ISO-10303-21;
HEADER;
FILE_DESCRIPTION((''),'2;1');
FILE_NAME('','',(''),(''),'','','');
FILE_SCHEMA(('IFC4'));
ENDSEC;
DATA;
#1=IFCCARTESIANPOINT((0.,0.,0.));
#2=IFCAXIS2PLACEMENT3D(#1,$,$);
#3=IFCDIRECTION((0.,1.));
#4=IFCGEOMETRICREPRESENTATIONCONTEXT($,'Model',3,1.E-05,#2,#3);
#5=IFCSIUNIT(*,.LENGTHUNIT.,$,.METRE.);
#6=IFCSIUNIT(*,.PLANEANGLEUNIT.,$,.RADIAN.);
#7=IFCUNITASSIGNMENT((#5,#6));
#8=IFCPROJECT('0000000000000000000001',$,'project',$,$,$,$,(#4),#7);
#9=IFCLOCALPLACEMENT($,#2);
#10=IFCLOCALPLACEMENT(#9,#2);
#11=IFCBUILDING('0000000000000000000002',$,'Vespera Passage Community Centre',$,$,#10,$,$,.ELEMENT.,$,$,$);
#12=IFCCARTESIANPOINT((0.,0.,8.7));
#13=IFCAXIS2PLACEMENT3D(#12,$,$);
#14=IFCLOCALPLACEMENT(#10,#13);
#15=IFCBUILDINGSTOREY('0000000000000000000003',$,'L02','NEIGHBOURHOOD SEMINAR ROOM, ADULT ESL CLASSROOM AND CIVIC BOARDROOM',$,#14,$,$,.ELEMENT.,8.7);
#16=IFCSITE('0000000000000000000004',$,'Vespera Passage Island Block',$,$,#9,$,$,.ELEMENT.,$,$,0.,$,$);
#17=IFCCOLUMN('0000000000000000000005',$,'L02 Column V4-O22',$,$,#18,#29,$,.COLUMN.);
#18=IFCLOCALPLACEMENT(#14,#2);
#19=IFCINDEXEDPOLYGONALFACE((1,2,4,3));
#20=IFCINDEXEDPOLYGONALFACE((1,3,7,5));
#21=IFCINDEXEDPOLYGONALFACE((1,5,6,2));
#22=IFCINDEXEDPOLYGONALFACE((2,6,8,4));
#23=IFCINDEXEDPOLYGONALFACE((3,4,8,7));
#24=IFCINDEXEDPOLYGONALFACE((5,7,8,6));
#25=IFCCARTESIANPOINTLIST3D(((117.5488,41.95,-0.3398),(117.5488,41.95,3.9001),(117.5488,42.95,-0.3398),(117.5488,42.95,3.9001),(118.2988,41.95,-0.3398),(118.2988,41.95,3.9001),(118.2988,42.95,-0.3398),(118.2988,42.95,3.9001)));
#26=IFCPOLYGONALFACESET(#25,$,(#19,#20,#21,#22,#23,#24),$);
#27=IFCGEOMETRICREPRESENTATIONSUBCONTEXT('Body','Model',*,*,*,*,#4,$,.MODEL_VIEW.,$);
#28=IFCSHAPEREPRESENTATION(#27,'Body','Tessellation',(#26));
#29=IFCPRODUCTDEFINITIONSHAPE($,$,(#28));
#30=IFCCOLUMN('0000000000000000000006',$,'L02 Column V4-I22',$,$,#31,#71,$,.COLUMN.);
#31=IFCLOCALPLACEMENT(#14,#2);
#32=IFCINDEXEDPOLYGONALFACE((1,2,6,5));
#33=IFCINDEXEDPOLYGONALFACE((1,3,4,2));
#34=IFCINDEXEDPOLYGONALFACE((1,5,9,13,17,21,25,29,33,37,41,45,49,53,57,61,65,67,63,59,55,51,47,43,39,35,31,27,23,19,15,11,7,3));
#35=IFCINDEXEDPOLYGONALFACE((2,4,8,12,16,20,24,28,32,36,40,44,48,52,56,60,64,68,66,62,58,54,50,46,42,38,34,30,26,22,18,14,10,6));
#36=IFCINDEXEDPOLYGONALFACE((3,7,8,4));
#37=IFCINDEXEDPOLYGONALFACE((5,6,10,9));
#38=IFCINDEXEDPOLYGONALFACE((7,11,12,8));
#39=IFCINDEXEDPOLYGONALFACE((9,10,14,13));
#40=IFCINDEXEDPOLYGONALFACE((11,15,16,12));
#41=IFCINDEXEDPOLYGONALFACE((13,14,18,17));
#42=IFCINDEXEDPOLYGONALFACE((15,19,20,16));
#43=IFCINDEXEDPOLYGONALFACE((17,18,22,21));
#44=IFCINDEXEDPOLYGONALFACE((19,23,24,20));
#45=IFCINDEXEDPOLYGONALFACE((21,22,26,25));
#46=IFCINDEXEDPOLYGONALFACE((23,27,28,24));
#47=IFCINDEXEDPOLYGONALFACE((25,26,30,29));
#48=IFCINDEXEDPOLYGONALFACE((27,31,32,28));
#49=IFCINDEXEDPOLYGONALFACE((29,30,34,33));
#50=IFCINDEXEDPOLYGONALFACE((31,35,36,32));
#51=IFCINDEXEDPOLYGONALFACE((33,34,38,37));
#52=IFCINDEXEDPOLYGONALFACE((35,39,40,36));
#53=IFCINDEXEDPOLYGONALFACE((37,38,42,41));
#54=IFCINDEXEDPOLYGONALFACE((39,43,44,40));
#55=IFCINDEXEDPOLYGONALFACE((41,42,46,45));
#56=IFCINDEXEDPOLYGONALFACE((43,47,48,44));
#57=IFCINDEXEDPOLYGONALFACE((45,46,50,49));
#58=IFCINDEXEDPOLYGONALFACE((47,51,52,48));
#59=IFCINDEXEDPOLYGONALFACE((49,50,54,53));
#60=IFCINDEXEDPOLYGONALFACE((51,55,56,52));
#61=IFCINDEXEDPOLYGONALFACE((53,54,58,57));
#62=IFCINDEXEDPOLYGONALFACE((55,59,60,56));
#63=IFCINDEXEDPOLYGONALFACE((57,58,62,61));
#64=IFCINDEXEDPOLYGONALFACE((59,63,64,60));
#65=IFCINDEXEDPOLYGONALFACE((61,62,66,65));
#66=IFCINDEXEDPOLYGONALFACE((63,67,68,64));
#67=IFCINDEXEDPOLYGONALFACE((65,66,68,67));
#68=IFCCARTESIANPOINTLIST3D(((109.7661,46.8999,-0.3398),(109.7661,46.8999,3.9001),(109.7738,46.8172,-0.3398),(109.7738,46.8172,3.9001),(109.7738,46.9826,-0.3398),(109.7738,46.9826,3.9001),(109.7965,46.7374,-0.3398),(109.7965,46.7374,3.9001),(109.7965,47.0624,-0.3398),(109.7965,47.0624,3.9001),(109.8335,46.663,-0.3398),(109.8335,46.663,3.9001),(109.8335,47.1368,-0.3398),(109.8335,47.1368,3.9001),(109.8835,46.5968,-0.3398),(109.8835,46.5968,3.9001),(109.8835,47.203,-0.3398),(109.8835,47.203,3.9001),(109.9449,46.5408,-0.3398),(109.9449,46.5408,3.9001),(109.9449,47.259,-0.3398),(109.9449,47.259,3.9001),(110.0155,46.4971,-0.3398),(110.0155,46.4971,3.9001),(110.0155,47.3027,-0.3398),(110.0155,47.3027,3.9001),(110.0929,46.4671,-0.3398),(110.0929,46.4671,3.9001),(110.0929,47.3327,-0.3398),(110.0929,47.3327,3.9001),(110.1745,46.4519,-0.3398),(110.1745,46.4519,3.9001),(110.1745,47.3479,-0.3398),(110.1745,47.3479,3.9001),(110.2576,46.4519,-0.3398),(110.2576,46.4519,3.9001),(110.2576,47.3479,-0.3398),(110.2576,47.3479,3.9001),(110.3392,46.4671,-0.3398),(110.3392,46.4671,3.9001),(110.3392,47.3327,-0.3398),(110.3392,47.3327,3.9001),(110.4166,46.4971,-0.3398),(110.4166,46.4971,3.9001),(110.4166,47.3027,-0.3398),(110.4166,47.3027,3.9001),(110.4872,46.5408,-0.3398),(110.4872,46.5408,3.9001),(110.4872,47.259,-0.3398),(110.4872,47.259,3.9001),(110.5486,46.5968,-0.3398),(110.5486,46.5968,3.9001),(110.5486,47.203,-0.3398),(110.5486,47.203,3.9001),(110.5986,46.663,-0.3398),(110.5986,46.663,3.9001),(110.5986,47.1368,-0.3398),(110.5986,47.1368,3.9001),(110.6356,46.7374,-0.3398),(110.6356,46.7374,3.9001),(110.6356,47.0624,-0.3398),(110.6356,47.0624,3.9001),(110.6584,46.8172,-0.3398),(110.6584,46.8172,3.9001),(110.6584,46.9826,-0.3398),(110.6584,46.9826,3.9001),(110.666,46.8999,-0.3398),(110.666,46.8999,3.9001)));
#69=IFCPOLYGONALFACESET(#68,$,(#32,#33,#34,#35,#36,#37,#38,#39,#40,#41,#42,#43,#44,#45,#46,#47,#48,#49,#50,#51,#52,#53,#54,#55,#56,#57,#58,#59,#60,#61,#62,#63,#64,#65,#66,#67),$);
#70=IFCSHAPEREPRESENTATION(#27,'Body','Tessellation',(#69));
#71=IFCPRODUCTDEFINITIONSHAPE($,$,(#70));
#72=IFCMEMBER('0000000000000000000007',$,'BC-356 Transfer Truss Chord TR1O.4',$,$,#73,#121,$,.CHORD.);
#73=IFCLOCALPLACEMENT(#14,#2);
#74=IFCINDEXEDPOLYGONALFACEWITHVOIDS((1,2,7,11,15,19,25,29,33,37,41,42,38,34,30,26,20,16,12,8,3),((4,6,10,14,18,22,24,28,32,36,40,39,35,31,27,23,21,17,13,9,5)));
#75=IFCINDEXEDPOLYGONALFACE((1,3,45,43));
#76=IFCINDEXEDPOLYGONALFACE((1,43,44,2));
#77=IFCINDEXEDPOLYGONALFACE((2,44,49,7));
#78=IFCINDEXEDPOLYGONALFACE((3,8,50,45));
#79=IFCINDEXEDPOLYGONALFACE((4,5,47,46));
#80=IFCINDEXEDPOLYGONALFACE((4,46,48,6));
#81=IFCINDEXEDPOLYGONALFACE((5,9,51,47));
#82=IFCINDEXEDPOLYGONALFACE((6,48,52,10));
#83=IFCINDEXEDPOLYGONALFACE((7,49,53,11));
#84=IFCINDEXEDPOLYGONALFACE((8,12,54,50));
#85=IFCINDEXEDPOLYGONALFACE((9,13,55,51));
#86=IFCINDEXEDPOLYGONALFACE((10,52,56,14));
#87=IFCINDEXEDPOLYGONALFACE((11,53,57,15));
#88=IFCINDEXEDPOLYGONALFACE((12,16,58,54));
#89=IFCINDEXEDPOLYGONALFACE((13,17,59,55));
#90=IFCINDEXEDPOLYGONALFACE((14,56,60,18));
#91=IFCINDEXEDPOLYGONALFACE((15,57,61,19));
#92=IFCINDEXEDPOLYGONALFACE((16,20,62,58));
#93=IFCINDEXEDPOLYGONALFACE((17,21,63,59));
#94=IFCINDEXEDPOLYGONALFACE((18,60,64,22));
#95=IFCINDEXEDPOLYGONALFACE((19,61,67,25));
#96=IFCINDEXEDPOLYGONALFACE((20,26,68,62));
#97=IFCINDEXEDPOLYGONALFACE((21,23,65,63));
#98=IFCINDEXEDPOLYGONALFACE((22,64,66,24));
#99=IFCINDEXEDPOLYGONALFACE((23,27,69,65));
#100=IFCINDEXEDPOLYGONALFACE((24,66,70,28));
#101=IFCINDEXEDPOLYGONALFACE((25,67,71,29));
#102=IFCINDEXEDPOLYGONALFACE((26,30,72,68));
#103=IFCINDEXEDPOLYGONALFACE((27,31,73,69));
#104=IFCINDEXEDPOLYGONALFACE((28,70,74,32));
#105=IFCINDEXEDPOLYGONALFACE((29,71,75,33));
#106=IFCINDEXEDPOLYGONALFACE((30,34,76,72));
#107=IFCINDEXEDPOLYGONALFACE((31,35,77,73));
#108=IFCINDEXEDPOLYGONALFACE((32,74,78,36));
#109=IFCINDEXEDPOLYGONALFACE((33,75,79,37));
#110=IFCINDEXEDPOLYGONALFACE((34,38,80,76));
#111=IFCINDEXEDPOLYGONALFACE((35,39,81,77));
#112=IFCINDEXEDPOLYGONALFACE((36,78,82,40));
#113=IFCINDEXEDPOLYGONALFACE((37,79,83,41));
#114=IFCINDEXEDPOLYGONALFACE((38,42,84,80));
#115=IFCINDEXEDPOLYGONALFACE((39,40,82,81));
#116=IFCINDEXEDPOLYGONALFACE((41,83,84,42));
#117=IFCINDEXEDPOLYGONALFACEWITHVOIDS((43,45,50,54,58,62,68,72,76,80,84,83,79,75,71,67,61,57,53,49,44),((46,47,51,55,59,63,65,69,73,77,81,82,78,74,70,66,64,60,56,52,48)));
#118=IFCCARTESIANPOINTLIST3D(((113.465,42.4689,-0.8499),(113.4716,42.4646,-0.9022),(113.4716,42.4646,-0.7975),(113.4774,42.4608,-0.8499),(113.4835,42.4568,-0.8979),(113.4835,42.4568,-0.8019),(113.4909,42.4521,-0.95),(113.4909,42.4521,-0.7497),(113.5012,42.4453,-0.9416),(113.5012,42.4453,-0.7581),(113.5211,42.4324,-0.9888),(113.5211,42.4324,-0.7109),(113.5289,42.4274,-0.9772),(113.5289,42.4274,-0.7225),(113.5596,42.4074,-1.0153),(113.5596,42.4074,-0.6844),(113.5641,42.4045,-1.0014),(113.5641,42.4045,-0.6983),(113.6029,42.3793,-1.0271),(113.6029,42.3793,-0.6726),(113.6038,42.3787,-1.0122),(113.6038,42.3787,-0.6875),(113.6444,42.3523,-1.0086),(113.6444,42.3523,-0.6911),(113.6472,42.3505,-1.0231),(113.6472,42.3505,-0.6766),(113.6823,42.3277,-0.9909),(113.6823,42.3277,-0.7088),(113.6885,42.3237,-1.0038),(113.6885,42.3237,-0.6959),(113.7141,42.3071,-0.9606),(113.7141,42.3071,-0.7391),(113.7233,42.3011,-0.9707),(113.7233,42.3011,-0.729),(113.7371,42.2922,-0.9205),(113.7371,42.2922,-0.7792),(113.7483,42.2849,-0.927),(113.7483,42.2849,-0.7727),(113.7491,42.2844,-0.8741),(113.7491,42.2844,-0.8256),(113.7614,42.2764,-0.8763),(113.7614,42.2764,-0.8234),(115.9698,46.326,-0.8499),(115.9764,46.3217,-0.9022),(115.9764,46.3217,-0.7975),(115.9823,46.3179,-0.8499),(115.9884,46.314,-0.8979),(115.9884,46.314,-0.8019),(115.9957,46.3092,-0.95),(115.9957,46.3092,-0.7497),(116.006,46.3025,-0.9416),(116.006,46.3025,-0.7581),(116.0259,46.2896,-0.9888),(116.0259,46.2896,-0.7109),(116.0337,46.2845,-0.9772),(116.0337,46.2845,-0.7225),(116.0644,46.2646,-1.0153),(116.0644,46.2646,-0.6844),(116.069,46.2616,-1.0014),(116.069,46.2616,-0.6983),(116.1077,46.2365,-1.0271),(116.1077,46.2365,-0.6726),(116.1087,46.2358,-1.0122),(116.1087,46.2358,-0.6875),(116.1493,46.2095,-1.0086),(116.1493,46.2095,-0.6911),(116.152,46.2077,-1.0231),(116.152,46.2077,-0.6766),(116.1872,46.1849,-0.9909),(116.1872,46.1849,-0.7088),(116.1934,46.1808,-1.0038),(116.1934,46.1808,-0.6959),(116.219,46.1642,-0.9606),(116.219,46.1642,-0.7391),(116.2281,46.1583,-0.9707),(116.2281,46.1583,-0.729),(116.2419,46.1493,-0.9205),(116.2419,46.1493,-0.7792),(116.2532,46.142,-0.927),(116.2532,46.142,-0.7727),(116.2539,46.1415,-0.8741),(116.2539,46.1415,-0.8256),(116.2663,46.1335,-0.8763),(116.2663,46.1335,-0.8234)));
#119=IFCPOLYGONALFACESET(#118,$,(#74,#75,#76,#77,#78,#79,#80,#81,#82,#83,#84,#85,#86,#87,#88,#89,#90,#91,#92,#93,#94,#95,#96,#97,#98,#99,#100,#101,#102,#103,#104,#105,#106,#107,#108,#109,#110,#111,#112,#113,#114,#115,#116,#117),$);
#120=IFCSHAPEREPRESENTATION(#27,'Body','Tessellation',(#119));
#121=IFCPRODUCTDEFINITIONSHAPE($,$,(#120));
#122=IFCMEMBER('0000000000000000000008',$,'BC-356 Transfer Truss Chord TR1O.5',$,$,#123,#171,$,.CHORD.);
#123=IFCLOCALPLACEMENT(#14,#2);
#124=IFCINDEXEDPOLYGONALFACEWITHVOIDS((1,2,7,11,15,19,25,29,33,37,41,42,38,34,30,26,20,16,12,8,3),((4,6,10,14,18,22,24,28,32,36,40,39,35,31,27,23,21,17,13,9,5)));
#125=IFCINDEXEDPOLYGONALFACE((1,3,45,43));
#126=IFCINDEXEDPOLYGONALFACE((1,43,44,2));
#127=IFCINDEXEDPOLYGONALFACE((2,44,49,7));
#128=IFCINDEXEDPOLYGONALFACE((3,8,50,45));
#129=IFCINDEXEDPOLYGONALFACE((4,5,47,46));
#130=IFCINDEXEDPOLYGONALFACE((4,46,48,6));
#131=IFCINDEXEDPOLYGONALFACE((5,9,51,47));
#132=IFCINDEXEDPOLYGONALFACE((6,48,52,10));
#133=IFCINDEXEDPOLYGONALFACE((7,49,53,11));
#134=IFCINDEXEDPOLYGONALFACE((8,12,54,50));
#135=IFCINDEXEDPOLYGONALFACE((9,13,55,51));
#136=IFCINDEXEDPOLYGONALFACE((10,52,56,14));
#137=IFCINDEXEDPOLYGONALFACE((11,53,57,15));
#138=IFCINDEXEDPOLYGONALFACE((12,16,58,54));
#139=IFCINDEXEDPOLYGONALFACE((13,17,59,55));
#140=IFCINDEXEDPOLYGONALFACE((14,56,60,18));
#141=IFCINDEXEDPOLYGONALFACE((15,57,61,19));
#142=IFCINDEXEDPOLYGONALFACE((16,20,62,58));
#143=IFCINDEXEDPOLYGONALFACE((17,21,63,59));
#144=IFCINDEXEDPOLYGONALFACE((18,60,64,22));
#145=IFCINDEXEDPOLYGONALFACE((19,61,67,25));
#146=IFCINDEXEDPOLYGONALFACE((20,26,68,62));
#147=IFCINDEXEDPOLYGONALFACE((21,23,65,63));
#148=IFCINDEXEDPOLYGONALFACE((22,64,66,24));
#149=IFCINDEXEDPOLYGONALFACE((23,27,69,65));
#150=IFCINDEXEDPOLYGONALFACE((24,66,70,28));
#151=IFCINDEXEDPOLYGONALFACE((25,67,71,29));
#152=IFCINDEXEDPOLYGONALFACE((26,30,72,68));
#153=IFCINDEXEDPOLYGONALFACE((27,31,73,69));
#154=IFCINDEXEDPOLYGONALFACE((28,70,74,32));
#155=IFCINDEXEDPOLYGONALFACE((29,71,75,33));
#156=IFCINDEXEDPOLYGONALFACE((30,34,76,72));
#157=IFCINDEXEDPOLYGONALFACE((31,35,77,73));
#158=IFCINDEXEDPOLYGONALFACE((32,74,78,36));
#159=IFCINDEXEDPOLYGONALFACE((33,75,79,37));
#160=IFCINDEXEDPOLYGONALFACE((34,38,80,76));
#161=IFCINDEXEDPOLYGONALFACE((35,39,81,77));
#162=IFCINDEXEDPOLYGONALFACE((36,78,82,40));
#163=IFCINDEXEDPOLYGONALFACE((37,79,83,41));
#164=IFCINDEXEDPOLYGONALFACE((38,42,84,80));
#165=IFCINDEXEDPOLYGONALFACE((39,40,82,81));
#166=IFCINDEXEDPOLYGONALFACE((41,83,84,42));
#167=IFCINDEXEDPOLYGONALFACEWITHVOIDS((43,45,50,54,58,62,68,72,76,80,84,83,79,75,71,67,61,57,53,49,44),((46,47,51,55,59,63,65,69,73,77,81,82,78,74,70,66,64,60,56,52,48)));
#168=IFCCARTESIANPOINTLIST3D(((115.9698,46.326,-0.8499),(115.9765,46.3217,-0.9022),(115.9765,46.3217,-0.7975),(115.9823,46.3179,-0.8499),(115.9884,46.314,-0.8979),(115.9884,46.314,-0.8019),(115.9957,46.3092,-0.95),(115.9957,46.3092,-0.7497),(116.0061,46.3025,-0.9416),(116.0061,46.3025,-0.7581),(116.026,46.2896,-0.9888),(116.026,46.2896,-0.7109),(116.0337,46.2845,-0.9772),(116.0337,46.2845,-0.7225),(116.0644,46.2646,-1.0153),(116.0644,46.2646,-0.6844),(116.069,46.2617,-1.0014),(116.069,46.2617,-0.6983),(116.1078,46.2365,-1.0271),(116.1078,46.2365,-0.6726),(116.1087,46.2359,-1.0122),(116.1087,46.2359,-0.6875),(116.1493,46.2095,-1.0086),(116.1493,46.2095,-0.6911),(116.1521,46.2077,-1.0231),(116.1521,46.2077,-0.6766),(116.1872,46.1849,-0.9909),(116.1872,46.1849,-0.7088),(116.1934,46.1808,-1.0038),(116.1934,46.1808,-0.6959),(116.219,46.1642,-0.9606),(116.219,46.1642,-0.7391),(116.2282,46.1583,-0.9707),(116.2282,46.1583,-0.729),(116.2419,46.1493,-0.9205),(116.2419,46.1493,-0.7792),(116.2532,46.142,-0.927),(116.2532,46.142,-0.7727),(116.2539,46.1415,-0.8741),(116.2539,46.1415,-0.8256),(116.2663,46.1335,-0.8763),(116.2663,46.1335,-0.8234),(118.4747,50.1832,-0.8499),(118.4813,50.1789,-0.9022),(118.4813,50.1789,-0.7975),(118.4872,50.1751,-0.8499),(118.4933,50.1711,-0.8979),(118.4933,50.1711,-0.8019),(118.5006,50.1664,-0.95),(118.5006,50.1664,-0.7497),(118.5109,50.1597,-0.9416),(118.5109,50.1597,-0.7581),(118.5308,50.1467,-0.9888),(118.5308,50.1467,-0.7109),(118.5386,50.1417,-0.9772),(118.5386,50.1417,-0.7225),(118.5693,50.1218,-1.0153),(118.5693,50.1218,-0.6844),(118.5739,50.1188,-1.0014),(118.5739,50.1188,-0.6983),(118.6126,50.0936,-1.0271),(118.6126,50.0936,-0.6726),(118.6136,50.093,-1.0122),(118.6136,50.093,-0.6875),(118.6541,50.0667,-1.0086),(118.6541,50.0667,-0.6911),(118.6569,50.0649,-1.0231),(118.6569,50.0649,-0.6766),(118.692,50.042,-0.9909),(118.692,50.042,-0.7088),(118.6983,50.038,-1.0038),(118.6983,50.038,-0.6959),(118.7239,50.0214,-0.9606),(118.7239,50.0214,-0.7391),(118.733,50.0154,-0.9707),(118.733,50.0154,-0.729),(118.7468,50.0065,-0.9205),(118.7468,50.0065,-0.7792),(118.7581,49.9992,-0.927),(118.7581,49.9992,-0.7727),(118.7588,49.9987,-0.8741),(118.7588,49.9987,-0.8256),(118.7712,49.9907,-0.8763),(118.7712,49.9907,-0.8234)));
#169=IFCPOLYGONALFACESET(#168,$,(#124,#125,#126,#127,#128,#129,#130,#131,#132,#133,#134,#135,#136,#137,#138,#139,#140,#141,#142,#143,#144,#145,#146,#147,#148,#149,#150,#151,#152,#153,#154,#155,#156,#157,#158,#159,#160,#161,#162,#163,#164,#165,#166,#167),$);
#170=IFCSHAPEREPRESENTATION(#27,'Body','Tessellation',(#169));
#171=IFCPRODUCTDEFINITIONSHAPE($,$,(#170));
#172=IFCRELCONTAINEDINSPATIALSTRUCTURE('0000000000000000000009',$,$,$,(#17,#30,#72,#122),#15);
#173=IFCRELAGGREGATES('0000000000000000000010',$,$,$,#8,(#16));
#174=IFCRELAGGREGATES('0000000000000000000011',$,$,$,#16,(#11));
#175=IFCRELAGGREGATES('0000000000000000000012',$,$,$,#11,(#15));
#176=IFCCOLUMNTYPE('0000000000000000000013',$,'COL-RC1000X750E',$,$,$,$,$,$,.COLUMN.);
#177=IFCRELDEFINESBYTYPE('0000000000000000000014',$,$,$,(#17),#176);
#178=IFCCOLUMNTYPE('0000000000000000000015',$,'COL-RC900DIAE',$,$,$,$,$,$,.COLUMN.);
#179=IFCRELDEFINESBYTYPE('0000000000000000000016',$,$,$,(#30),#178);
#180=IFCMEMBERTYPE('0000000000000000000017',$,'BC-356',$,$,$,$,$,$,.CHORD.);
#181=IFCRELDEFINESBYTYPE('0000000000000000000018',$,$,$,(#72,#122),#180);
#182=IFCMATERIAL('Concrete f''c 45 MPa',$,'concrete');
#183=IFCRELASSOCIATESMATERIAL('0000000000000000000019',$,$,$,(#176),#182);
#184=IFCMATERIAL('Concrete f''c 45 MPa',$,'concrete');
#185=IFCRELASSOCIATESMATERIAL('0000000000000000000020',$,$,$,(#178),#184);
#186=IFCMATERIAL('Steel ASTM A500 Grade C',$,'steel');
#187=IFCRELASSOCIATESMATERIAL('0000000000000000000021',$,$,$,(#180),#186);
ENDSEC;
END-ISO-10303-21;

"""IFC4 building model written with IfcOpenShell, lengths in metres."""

from ifc_helpers import new_model, si_unit, direction, frame, origin, origin_2d, place, context, subcontext, project, spatial, rectangle, circle, hollow_circle, extrude, material, material_profile, profile_set, type_object, element, save


model = new_model("IFC4")

# Units and contexts
model_context = context("Model", 3, precision=1e-05, world=origin(), true_north=direction((0.0, 1.0)))
body_context = subcontext(model_context, "Body", "Model", "MODEL_VIEW")
ifc_project = project(units=[si_unit("LENGTHUNIT", "METRE"), si_unit("PLANEANGLEUNIT", "RADIAN")], contexts=[model_context])

# Site, building, storey
site_placement = place(None, origin())
site = spatial("IfcSite", under=ifc_project, at=site_placement, Name="Vespera Passage Island Block", CompositionType="ELEMENT", RefElevation=0.0)
building_placement = place(site_placement, origin())
building = spatial("IfcBuilding", under=site, at=building_placement, Name="Vespera Passage Community Centre", CompositionType="ELEMENT")
storey_placement = place(building_placement, frame((0.0, 0.0, 8.7)))
storey = spatial("IfcBuildingStorey", under=building, at=storey_placement, Name="L02", Description="NEIGHBOURHOOD SEMINAR ROOM, ADULT ESL CLASSROOM AND CIVIC BOARDROOM", CompositionType="ELEMENT", Elevation=8.7)

# Columns
ifc_material_1 = material(Name="Concrete f'c 45 MPa", Category="concrete")
ifc_material_profile_1 = material_profile(ifc_material_1, rectangle(XDim=0.75, YDim=1.0, at=origin_2d()), Name="RC1000X750")
ifc_profile_set_1 = profile_set([ifc_material_profile_1], Name="Concrete f'c 45 MPa")
column_type_1 = type_object("IfcColumnType", Name="COL-RC1000X750E", PredefinedType="COLUMN", material=ifc_profile_set_1)
column_1_placement = place(storey_placement, frame((117.9238, 42.45, -0.3398), z_axis=(0.0, 0.0, 1.0), x_axis=(1.0, 0.0, 0.0)))
element("IfcColumn", 1, at=column_1_placement, inside=storey, type_object=column_type_1, Name="L02 Column V4-O22", PredefinedType="COLUMN", context=body_context, shape_type="SweptSolid", body=[
    extrude(rectangle(XDim=0.75, YDim=1.0, at=origin_2d()), origin(), (0.0, 0.0, 1.0), 4.24),
])
ifc_material_2 = material(Name="Concrete f'c 45 MPa", Category="concrete")
ifc_material_profile_2 = material_profile(ifc_material_2, circle(Radius=0.45, at=origin_2d()), Name="RC900DIA")
ifc_profile_set_2 = profile_set([ifc_material_profile_2], Name="Concrete f'c 45 MPa")
column_type_2 = type_object("IfcColumnType", Name="COL-RC900DIAE", PredefinedType="COLUMN", material=ifc_profile_set_2)
column_2_placement = place(storey_placement, frame((110.2161, 46.8999, -0.3398), z_axis=(0.0, 0.0, 1.0), x_axis=(1.0, 0.0, 0.0)))
element("IfcColumn", 2, at=column_2_placement, inside=storey, type_object=column_type_2, Name="L02 Column V4-I22", PredefinedType="COLUMN", context=body_context, shape_type="SweptSolid", body=[
    extrude(circle(Radius=0.45, at=origin_2d()), origin(), (0.0, 0.0, 1.0), 4.24),
])

# Members
ifc_material_3 = material(Name="Steel ASTM A500 Grade C", Category="steel")
ifc_material_profile_3 = material_profile(ifc_material_3, hollow_circle(Radius=0.1777, WallThickness=0.0149, at=origin_2d()), Name="CHS356X15.9")
ifc_profile_set_3 = profile_set([ifc_material_profile_3], Name="Steel ASTM A500 Grade C")
member_type_1 = type_object("IfcMemberType", Name="BC-356", PredefinedType="CHORD", material=ifc_profile_set_3)
for number, where, z_axis, x_axis, name in (
    (3, (113.614, 42.3721, -0.8499), (0.544639, 0.83867, 0.0), (-0.83867, 0.544639, 0.0), "BC-356 Transfer Truss Chord TR1O.4"),
    (4, (116.1189, 46.2292, -0.8499), (0.544639, 0.83867, 0.0), (-0.83867, 0.544639, 0.0), "BC-356 Transfer Truss Chord TR1O.5"),
):
    element("IfcMember", number, at=place(storey_placement, frame(where, z_axis=z_axis, x_axis=x_axis)), inside=storey, type_object=member_type_1, Name=name, PredefinedType="CHORD", context=body_context, shape_type="SweptSolid", body=[
        extrude(hollow_circle(Radius=0.1777, WallThickness=0.0149, at=origin_2d()), origin(), (0.0, 0.0, 1.0), 4.5991),
    ])

save(model, "model.ifc")
